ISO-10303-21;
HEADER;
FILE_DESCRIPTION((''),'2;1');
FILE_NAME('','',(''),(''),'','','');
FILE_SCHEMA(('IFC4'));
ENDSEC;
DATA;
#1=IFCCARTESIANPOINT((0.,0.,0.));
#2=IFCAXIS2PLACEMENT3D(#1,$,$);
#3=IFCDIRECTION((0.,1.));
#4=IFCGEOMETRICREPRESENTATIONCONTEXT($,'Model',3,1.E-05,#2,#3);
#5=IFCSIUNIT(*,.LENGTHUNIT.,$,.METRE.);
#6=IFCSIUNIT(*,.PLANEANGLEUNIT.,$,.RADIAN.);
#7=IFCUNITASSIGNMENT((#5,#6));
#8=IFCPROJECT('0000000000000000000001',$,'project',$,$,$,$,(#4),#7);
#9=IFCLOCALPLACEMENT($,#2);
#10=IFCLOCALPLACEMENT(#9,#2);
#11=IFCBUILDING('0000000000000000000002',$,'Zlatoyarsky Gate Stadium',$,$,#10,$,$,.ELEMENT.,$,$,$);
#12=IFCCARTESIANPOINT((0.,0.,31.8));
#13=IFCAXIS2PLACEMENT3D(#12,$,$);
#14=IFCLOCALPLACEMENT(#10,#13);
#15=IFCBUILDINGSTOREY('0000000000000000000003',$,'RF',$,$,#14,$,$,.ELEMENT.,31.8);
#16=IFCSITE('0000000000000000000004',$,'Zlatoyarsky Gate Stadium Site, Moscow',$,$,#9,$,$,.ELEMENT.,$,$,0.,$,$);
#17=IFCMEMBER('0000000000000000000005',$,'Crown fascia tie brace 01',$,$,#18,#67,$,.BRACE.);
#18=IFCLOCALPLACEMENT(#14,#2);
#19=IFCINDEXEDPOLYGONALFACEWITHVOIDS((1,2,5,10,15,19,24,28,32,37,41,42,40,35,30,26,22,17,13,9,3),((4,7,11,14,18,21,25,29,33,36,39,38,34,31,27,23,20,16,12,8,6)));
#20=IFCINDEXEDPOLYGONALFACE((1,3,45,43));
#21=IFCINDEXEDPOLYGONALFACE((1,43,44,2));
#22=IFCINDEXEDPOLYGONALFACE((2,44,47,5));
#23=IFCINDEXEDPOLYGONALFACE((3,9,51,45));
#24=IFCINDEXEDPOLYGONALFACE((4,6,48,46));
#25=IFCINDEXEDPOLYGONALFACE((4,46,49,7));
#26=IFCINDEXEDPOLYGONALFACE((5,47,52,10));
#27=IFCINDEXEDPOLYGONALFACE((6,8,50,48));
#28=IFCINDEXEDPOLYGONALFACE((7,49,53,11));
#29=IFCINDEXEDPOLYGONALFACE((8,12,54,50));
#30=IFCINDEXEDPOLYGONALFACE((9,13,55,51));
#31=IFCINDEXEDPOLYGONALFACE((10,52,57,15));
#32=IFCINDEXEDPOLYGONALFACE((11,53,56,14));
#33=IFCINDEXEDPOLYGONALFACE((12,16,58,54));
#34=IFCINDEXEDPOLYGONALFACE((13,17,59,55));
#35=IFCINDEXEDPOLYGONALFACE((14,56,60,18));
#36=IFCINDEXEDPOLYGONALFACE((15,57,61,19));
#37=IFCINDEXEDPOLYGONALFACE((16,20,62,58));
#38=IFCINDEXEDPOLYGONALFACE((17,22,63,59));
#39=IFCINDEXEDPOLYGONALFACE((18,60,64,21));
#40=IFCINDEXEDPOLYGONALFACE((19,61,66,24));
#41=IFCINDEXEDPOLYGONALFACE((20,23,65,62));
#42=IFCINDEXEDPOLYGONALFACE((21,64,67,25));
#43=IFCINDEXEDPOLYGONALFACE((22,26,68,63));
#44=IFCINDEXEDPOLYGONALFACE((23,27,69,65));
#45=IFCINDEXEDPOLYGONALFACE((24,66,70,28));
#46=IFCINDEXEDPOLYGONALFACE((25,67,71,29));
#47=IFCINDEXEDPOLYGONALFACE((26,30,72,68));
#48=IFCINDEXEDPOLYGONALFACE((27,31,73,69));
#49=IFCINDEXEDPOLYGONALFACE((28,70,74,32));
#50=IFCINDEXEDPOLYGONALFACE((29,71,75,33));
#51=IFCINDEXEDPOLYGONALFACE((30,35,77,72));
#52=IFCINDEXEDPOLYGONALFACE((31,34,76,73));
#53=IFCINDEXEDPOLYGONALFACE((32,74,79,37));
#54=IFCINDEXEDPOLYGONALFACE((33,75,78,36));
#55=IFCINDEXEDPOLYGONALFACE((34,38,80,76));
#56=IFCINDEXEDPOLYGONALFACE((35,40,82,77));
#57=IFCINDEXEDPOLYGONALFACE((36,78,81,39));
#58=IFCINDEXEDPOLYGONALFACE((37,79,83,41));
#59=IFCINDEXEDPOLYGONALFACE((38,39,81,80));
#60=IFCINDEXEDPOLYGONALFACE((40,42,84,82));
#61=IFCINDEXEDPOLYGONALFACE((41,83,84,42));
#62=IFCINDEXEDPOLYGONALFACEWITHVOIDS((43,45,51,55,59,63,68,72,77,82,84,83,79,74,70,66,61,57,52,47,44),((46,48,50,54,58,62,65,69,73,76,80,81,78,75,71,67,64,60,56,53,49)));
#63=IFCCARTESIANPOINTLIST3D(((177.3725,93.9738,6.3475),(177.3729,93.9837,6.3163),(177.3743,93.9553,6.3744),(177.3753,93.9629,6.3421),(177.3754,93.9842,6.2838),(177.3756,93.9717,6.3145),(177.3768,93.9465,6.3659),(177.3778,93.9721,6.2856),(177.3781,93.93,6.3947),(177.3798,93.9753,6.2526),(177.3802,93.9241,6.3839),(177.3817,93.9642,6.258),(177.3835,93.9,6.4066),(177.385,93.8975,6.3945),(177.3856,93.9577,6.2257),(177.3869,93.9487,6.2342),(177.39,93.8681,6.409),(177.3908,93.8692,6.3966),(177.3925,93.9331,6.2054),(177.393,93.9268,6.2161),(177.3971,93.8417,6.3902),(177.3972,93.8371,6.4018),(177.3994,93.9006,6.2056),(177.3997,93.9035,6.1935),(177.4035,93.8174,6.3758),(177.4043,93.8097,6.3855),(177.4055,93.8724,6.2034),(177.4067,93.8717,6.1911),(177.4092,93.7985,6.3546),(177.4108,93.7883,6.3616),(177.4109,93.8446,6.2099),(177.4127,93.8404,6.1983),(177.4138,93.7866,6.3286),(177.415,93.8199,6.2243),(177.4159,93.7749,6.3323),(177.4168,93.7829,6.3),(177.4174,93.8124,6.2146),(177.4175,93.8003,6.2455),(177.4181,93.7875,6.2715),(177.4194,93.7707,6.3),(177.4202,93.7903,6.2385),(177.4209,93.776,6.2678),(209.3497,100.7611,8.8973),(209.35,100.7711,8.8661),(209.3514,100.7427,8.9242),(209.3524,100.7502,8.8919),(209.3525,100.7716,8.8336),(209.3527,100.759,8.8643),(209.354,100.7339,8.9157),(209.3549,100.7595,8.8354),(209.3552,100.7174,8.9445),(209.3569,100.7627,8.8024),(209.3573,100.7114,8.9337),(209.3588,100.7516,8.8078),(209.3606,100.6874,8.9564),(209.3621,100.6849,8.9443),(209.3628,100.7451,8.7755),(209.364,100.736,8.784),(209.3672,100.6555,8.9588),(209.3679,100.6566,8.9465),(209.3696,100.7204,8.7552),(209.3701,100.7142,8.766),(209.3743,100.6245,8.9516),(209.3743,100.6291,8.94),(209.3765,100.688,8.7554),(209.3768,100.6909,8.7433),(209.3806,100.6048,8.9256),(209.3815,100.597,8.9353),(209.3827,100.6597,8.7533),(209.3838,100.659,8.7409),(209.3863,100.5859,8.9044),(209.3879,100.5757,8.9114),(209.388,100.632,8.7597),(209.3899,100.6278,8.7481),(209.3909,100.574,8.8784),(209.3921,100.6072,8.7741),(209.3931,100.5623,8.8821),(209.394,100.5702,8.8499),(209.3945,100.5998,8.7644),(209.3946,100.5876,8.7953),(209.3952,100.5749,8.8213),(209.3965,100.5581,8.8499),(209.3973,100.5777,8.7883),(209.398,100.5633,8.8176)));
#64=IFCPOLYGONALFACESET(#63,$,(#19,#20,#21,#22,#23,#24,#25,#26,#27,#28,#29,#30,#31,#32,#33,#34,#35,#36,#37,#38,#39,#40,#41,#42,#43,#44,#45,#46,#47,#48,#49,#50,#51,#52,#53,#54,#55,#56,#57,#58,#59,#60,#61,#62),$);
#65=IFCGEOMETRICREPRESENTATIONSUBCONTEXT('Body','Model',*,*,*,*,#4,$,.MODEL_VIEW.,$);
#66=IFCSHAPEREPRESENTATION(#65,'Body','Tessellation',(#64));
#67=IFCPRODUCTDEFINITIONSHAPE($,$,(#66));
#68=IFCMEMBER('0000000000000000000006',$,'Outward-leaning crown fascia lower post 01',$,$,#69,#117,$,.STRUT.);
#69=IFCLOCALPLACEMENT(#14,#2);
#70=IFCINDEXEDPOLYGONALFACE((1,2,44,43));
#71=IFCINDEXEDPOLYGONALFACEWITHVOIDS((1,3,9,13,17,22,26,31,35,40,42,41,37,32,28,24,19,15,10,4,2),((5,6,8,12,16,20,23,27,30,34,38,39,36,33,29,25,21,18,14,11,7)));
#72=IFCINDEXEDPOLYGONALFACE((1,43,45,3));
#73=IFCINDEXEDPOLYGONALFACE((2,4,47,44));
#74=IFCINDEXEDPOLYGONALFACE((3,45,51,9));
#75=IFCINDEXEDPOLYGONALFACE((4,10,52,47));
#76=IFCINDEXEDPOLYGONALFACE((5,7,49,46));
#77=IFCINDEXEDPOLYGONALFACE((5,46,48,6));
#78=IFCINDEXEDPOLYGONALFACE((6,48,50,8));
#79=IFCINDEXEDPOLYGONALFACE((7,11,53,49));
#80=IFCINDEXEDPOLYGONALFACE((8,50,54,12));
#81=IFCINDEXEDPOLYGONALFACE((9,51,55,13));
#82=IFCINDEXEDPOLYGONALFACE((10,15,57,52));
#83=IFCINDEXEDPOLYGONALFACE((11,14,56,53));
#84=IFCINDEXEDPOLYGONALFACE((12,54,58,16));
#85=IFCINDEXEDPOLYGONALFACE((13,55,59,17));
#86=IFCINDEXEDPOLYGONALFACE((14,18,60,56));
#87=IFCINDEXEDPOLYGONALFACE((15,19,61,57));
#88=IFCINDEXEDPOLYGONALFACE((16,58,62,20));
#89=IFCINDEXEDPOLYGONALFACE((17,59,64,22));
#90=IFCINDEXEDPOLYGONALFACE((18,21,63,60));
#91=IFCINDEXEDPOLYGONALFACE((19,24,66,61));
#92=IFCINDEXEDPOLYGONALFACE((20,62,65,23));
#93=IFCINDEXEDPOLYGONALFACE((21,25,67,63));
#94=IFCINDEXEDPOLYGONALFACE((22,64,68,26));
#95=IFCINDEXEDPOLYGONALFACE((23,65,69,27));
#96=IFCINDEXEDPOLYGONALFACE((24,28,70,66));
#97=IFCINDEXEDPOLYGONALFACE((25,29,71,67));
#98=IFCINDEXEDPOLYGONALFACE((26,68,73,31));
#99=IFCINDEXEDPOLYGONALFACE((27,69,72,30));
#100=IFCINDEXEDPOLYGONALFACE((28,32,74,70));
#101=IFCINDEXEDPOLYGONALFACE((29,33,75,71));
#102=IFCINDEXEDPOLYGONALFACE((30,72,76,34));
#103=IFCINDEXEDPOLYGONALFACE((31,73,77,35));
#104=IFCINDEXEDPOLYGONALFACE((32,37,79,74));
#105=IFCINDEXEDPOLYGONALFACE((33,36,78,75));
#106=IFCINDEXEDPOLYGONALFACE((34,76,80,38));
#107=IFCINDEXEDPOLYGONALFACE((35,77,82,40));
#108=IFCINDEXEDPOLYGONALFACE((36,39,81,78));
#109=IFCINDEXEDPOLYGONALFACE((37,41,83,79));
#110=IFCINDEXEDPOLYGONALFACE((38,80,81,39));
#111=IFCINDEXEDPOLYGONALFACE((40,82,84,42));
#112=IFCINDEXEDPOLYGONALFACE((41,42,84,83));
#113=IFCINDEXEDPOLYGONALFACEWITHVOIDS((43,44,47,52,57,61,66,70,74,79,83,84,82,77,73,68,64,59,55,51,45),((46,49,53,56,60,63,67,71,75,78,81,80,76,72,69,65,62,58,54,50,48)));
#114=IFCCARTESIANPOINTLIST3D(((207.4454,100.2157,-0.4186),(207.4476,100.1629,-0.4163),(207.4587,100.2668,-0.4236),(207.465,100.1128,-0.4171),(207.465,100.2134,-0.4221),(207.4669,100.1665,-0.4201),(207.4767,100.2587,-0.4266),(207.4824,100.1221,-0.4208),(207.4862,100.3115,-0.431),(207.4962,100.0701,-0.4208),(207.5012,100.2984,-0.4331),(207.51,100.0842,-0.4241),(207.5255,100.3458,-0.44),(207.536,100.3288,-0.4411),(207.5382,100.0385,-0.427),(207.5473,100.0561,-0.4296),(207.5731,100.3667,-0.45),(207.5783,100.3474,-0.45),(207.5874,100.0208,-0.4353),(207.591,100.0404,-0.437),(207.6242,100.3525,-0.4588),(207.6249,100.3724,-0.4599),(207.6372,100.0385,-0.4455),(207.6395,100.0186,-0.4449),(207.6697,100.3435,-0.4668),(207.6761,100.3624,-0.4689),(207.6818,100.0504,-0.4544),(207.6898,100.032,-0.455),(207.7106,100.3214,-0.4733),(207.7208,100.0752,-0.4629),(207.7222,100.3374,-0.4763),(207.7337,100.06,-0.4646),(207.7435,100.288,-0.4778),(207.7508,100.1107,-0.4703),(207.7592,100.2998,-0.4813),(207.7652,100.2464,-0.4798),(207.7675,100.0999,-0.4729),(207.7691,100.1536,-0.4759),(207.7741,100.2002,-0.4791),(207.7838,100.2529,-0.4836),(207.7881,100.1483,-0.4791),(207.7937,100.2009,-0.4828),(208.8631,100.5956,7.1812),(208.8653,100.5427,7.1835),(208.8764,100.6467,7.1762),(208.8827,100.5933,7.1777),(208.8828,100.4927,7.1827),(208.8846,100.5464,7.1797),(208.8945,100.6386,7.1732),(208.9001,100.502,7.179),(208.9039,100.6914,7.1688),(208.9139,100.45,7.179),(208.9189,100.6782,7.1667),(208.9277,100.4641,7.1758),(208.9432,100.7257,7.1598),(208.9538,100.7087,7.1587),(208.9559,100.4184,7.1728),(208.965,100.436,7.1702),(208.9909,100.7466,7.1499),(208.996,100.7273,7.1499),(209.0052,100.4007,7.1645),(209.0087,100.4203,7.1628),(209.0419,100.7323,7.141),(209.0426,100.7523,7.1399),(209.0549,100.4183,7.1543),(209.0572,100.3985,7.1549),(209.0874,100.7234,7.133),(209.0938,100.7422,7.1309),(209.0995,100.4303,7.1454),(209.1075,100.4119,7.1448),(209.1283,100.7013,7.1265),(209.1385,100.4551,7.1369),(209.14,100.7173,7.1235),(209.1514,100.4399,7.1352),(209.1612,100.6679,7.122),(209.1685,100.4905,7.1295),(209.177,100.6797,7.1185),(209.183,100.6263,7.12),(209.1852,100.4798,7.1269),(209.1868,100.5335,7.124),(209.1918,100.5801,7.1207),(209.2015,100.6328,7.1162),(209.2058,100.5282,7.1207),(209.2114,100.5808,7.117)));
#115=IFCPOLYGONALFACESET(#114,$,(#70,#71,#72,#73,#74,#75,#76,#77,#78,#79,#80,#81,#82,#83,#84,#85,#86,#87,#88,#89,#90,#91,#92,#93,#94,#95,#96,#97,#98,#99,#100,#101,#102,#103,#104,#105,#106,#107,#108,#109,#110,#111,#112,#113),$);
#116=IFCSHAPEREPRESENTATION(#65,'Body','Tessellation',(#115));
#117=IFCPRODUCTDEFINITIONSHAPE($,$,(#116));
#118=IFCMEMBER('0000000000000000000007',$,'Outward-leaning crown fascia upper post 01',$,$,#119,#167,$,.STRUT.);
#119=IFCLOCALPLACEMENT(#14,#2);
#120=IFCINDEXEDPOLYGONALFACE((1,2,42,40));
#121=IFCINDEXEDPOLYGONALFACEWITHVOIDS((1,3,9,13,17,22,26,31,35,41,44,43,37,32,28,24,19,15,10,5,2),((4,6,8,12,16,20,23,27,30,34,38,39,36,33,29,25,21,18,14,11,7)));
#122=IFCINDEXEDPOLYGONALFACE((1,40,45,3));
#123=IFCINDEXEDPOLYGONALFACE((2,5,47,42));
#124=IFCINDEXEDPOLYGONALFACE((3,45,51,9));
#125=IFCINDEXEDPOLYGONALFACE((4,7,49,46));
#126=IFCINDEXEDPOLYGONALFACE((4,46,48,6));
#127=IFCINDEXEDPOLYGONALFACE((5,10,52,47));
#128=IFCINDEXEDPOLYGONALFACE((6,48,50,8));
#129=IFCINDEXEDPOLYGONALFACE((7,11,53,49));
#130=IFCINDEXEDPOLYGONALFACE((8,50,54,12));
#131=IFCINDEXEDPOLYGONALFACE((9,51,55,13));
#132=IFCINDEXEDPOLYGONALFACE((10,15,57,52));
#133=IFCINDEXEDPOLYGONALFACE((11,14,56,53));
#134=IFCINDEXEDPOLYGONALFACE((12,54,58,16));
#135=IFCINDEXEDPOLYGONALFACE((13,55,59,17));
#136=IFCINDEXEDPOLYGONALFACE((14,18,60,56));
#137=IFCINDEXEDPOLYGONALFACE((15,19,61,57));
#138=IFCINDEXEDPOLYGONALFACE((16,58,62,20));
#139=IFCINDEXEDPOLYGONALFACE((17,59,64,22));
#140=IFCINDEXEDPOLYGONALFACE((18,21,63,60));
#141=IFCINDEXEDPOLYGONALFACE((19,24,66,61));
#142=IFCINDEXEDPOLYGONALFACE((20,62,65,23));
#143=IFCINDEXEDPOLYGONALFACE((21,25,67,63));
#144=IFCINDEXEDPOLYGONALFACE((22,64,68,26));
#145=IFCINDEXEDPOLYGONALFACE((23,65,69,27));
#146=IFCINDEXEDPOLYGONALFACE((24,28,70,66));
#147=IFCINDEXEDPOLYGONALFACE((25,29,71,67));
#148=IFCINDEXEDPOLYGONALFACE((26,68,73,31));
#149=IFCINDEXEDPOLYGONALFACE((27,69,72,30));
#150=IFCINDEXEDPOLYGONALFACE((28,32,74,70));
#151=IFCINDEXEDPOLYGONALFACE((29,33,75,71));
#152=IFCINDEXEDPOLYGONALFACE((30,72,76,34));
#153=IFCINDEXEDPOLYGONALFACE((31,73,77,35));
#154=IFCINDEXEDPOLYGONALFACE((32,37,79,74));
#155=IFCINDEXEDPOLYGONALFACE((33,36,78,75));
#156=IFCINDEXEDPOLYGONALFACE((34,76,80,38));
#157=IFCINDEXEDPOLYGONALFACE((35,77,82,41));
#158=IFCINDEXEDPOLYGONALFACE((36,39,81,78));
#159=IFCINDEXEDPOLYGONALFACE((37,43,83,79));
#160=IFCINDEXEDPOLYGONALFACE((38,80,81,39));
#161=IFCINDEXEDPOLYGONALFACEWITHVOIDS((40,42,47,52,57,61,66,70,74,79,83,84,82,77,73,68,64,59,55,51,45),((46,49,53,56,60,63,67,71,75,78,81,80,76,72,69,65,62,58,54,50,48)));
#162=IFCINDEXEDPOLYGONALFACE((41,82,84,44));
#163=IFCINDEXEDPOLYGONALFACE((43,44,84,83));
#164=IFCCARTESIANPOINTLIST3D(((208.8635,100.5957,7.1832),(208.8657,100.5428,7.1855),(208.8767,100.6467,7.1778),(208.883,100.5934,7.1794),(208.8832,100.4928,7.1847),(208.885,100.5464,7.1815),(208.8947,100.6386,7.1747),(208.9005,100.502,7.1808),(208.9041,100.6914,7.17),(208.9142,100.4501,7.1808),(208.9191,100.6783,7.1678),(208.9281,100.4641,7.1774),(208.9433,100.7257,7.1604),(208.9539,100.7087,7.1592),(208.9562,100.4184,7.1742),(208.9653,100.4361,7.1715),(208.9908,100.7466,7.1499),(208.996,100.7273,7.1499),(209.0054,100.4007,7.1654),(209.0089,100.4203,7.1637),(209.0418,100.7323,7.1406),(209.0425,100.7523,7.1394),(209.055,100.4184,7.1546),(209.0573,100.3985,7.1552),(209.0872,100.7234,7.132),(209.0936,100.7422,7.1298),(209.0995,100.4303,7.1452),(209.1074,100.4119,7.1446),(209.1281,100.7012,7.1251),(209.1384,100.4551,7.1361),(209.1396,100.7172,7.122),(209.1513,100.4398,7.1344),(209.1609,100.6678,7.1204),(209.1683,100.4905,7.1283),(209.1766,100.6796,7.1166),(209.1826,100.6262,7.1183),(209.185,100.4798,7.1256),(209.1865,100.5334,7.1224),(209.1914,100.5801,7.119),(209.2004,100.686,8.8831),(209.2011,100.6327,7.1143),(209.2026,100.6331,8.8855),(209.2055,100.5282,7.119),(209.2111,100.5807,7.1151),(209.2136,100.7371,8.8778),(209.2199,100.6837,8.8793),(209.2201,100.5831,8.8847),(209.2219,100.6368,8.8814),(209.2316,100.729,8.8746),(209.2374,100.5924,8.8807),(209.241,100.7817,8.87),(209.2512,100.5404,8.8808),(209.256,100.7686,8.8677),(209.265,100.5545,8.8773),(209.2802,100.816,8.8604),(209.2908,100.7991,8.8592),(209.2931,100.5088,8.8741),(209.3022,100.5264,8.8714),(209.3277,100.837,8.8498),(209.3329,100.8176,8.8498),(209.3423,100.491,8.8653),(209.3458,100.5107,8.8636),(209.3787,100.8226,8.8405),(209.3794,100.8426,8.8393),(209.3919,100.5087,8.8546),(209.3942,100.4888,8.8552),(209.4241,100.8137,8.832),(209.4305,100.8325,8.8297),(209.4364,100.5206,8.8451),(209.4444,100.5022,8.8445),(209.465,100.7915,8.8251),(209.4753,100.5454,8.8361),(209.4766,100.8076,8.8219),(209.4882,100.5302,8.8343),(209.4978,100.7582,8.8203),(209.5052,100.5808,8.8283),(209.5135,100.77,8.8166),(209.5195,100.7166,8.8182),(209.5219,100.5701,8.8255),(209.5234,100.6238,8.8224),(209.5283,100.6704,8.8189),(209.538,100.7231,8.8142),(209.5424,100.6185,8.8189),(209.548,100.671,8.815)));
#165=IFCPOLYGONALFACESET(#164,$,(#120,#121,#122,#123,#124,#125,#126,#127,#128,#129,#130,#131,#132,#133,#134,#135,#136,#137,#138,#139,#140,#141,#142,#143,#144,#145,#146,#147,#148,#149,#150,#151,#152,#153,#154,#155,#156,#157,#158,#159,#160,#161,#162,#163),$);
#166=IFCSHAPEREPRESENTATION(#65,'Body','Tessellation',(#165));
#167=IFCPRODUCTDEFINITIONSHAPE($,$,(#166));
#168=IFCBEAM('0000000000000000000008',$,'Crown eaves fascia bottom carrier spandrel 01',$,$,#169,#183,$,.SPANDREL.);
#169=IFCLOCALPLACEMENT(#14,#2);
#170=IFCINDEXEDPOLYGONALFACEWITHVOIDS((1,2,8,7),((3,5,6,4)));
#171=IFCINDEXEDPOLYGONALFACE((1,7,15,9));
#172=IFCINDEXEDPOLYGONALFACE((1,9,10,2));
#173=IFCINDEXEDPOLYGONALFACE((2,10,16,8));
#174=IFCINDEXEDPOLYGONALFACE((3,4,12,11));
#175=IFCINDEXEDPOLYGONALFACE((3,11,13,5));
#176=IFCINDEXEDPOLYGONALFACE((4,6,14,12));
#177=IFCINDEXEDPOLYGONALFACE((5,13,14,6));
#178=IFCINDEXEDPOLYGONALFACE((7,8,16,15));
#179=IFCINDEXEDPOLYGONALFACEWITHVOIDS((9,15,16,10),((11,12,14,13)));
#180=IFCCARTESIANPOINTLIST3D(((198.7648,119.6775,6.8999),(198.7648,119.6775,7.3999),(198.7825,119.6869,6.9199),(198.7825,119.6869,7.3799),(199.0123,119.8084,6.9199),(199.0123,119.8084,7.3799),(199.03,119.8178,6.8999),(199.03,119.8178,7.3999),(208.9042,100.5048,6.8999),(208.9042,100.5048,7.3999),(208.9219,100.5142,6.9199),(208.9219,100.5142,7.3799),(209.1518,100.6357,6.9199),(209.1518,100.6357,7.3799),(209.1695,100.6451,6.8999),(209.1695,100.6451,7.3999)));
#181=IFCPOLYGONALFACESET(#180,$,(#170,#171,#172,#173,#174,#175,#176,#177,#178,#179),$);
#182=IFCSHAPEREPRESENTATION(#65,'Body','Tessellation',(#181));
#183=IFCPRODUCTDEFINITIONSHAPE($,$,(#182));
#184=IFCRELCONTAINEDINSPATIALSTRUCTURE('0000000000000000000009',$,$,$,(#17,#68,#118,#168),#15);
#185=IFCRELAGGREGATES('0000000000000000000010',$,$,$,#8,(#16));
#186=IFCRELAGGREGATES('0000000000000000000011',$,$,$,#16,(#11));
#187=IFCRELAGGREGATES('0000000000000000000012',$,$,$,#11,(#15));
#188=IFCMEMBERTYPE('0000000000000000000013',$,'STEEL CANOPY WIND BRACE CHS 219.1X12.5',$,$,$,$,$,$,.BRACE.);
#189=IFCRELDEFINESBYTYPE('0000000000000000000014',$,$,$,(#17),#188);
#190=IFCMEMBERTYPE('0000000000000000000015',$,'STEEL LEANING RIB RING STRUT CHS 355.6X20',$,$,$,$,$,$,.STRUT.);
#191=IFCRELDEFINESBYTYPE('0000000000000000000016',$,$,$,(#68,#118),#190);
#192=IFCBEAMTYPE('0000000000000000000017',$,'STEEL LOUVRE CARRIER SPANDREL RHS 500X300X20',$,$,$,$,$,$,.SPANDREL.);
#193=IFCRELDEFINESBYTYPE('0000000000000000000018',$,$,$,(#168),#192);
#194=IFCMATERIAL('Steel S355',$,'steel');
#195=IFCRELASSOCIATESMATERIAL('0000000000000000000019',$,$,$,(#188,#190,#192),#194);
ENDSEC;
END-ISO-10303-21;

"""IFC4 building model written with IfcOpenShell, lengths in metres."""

from ifc_helpers import new_model, si_unit, direction, frame, origin, origin_2d, place, context, subcontext, project, spatial, hollow_rectangle, hollow_circle, extrude, material, material_profile, profile_set, type_object, element, save


model = new_model("IFC4")

# Units and contexts
model_context = context("Model", 3, precision=1e-05, world=origin(), true_north=direction((0.0, 1.0)))
body_context = subcontext(model_context, "Body", "Model", "MODEL_VIEW")
ifc_project = project(units=[si_unit("LENGTHUNIT", "METRE"), si_unit("PLANEANGLEUNIT", "RADIAN")], contexts=[model_context])

# Site, building, storey
site_placement = place(None, origin())
site = spatial("IfcSite", under=ifc_project, at=site_placement, Name="Zlatoyarsky Gate Stadium Site, Moscow", CompositionType="ELEMENT", RefElevation=0.0)
building_placement = place(site_placement, origin())
building = spatial("IfcBuilding", under=site, at=building_placement, Name="Zlatoyarsky Gate Stadium", CompositionType="ELEMENT")
storey_placement = place(building_placement, frame((0.0, 0.0, 31.8)))
storey = spatial("IfcBuildingStorey", under=building, at=storey_placement, Name="RF", CompositionType="ELEMENT", Elevation=31.8)

# Members
ifc_material_1 = material(Name="Steel S355", Category="steel")
ifc_material_profile_1 = material_profile(ifc_material_1, hollow_circle(Radius=0.1096, WallThickness=0.0125, at=origin_2d()), Name="CHS 219.1X12.5")
ifc_profile_set_1 = profile_set([ifc_material_profile_1], Name="Steel S355")
member_type_1 = type_object("IfcMemberType", Name="STEEL CANOPY WIND BRACE CHS 219.1X12.5", PredefinedType="BRACE", material=ifc_profile_set_1)
member_1_placement = place(storey_placement, frame((209.3738, 100.6653, 8.8499), z_axis=(-0.975245, -0.207003, -0.077765), x_axis=(0.207631, -0.978207, 0.0)))
element("IfcMember", 1, at=member_1_placement, inside=storey, type_object=member_type_1, Name="Crown fascia tie brace 01", PredefinedType="BRACE", context=body_context, shape_type="SweptSolid", body=[
    extrude(hollow_circle(Radius=0.1096, WallThickness=0.0125, at=origin_2d()), origin(), (0.0, 0.0, 1.0), 32.7888),
])
ifc_material_profile_2 = material_profile(ifc_material_1, hollow_circle(Radius=0.1777, WallThickness=0.02, at=origin_2d()), Name="CHS 355.6X20")
ifc_profile_set_2 = profile_set([ifc_material_profile_2], Name="Steel S355")
member_type_2 = type_object("IfcMemberType", Name="STEEL LEANING RIB RING STRUT CHS 355.6X20", PredefinedType="STRUT", material=ifc_profile_set_2)
member_2_placement = place(storey_placement, frame((207.6191, 100.1951, -0.45), z_axis=(0.183162, 0.049079, 0.981857), x_axis=(-0.258822, 0.965925, 0.0)))
element("IfcMember", 2, at=member_2_placement, inside=storey, type_object=member_type_2, Name="Outward-leaning crown fascia lower post 01", PredefinedType="STRUT", context=body_context, shape_type="SweptSolid", body=[
    extrude(hollow_circle(Radius=0.1777, WallThickness=0.02, at=origin_2d()), origin(), (0.0, 0.0, 1.0), 7.7402),
])
member_3_placement = place(storey_placement, frame((209.0369, 100.575, 7.1499), z_axis=(0.194146, 0.052054, 0.979591), x_axis=(-0.258969, 0.965886, 0.0)))
element("IfcMember", 3, at=member_3_placement, inside=storey, type_object=member_type_2, Name="Outward-leaning crown fascia upper post 01", PredefinedType="STRUT", context=body_context, shape_type="SweptSolid", body=[
    extrude(hollow_circle(Radius=0.1777, WallThickness=0.02, at=origin_2d()), origin(), (0.0, 0.0, 1.0), 1.7354),
])

# Beam
ifc_material_profile_3 = material_profile(ifc_material_1, hollow_rectangle(XDim=0.3, YDim=0.5, WallThickness=0.02, at=origin_2d()), Name="RHS 500X300X20")
ifc_profile_set_3 = profile_set([ifc_material_profile_3], Name="Steel S355")
beam_type_1 = type_object("IfcBeamType", Name="STEEL LOUVRE CARRIER SPANDREL RHS 500X300X20", PredefinedType="SPANDREL", material=ifc_profile_set_3)
beam_1_placement = place(storey_placement, frame((209.0369, 100.575, 7.1499), z_axis=(-0.467499, 0.883994, 0.0), x_axis=(-0.883994, -0.467499, 0.0)))
element("IfcBeam", 4, at=beam_1_placement, inside=storey, type_object=beam_type_1, Name="Crown eaves fascia bottom carrier spandrel 01", PredefinedType="SPANDREL", context=body_context, shape_type="SweptSolid", body=[
    extrude(hollow_rectangle(XDim=0.3, YDim=0.5, WallThickness=0.02, at=origin_2d()), origin(), (0.0, 0.0, 1.0), 21.6887),
])

save(model, "model.ifc")
